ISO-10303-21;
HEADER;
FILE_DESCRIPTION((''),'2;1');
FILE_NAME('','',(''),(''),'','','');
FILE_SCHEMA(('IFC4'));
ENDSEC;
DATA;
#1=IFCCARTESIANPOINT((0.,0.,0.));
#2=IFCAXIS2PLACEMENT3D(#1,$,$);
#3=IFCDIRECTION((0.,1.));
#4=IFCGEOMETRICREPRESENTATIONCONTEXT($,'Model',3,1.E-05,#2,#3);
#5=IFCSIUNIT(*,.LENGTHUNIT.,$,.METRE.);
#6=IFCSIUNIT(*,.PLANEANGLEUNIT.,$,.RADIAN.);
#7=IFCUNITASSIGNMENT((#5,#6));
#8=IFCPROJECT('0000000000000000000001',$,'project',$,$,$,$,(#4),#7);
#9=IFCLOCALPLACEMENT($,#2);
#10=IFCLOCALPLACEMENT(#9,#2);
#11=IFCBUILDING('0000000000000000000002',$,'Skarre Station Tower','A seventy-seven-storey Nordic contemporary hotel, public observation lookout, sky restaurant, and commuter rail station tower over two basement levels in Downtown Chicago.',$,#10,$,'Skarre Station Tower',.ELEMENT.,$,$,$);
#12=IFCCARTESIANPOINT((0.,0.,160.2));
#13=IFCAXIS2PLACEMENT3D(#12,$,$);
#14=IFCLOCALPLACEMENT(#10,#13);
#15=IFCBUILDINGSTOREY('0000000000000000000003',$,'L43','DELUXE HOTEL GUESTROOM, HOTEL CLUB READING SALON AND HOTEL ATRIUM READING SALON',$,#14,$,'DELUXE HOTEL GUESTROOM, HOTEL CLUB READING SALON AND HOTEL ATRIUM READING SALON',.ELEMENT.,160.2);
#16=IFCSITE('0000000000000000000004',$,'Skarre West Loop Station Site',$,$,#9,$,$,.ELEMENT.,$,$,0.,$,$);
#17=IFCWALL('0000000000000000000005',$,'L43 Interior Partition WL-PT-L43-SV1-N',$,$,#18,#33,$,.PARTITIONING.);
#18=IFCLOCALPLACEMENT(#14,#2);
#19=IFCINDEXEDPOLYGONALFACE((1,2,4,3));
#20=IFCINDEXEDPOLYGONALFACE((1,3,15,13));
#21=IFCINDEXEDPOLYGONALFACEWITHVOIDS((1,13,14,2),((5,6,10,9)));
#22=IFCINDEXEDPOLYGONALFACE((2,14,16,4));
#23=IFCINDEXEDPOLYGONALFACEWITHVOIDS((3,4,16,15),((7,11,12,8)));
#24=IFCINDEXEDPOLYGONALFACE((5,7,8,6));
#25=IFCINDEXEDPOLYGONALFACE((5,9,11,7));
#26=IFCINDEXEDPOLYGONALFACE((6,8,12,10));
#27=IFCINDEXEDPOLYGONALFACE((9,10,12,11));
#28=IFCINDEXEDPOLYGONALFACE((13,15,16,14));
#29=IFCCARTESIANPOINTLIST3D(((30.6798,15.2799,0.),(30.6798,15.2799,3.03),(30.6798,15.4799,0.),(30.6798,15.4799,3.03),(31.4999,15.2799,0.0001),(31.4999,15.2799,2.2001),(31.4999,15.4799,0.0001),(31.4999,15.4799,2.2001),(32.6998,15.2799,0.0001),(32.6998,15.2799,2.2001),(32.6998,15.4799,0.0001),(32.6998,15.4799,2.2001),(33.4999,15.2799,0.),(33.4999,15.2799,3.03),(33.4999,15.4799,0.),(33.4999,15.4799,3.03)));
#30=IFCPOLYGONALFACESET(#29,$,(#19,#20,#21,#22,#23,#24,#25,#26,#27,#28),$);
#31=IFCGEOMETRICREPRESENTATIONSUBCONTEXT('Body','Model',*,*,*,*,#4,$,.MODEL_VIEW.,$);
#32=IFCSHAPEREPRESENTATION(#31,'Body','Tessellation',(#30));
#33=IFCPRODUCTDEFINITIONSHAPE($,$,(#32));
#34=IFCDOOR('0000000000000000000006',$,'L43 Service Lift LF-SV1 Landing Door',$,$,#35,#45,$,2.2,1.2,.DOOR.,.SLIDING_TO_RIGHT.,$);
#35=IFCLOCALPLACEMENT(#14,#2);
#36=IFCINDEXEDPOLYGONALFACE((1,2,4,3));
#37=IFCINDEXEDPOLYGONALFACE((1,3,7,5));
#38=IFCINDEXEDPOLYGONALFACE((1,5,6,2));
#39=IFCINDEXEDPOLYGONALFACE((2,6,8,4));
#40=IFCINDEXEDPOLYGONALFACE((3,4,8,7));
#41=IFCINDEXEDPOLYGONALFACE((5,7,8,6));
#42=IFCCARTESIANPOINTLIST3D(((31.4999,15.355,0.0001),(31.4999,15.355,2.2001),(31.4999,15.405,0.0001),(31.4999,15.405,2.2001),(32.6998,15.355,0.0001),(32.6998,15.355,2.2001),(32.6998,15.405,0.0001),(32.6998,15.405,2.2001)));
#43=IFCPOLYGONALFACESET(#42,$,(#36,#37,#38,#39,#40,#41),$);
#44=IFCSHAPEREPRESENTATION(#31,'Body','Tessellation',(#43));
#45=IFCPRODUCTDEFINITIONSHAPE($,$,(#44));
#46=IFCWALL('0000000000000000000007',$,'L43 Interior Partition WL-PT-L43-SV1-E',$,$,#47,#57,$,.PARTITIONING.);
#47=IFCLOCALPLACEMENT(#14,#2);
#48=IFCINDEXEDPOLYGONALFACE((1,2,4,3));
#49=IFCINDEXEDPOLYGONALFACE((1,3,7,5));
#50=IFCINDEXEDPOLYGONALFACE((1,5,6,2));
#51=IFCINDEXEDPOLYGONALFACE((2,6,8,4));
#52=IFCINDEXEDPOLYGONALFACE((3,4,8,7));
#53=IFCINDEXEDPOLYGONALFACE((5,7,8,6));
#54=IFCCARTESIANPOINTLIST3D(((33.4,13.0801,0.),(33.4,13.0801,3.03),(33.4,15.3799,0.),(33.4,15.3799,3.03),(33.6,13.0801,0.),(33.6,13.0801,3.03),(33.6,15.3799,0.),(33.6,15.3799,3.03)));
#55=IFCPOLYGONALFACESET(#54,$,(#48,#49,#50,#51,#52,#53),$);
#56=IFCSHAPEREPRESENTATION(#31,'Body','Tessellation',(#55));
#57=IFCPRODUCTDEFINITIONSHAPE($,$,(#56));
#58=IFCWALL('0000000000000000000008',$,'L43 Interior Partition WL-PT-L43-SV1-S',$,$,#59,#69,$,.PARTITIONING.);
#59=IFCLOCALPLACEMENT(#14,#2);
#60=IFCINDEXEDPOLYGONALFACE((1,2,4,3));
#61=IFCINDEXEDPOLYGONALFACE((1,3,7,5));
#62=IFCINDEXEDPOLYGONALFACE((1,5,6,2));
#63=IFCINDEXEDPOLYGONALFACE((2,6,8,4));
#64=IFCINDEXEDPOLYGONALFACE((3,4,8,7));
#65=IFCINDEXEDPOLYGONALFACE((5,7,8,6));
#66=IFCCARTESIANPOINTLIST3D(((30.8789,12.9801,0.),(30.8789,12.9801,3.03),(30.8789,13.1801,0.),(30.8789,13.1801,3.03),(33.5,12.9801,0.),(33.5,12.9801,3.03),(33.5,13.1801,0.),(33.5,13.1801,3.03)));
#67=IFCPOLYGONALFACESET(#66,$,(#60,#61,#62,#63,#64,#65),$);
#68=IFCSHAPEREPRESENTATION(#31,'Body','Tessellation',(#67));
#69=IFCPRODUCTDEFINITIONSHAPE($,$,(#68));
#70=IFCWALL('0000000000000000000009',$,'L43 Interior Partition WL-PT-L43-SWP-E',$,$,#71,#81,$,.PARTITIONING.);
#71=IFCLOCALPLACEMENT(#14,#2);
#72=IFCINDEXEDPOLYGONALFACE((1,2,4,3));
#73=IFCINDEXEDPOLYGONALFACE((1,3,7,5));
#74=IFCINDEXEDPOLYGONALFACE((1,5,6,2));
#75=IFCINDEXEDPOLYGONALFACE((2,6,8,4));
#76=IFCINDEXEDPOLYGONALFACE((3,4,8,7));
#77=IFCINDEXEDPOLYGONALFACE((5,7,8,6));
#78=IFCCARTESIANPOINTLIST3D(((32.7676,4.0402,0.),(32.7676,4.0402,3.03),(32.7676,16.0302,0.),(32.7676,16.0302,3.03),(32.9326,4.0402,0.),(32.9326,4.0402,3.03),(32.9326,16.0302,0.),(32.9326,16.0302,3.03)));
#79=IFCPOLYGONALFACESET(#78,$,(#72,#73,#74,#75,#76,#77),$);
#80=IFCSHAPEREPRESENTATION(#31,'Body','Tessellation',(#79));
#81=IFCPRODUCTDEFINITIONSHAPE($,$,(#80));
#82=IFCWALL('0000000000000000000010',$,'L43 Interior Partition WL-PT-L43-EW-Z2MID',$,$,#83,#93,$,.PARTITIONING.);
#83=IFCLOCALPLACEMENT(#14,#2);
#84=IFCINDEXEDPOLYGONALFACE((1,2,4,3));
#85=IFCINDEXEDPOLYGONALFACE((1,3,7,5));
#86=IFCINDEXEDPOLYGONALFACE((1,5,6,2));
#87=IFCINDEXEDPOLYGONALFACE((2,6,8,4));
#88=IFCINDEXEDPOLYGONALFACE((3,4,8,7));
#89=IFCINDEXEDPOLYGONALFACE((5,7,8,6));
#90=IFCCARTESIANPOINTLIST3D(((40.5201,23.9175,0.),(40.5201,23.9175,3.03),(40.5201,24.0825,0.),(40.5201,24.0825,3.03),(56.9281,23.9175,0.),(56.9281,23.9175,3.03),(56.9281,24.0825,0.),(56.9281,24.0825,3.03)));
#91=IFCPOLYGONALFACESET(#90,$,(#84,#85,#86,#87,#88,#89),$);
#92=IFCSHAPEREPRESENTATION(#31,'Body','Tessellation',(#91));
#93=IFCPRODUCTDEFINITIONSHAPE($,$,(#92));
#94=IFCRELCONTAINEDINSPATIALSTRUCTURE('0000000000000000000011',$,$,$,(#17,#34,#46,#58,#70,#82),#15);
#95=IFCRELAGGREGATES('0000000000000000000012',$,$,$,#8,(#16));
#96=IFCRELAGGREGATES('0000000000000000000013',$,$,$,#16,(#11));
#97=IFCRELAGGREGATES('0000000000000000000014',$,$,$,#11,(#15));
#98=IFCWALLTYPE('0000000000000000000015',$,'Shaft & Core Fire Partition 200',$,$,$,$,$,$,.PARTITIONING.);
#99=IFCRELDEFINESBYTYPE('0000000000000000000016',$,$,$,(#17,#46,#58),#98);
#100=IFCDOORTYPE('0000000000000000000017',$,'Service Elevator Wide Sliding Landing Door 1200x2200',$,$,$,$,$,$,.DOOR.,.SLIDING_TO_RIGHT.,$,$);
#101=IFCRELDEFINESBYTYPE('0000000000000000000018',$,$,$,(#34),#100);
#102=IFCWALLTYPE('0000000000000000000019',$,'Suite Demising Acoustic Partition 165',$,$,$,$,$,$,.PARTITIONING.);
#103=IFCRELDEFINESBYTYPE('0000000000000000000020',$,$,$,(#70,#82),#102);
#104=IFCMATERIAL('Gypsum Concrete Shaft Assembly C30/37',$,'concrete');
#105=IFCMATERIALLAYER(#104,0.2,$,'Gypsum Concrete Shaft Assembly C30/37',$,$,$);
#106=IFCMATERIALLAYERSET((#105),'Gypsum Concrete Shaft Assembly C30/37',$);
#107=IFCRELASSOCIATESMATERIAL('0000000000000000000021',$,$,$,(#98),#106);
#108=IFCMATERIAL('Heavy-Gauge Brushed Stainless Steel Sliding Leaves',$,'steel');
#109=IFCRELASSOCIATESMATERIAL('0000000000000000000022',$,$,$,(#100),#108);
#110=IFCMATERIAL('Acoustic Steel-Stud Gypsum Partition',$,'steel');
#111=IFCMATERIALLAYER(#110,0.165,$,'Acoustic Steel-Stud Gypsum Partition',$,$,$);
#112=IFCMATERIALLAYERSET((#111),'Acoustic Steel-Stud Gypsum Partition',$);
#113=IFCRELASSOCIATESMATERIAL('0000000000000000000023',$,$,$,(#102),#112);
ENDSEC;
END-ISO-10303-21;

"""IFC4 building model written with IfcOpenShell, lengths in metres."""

from ifc_helpers import new_model, si_unit, direction, frame, frame_2d, origin, place, context, subcontext, project, spatial, rectangle, extrude, material, layer, layer_set, type_object, element, fill, save


model = new_model("IFC4")

# Units and contexts
model_context = context("Model", 3, precision=1e-05, world=origin(), true_north=direction((0.0, 1.0)))
body_context = subcontext(model_context, "Body", "Model", "MODEL_VIEW")
ifc_project = project(units=[si_unit("LENGTHUNIT", "METRE"), si_unit("PLANEANGLEUNIT", "RADIAN")], contexts=[model_context])

# Site, building, storey
site_placement = place(None, origin())
site = spatial("IfcSite", under=ifc_project, at=site_placement, Name="Skarre West Loop Station Site", CompositionType="ELEMENT", RefElevation=0.0)
building_placement = place(site_placement, origin())
building = spatial("IfcBuilding", under=site, at=building_placement, Name="Skarre Station Tower", Description="A seventy-seven-storey Nordic contemporary hotel, public observation lookout, sky restaurant, and commuter rail station tower over two basement levels in Downtown Chicago.", LongName="Skarre Station Tower", CompositionType="ELEMENT")
storey_placement = place(building_placement, frame((0.0, 0.0, 160.2)))
storey = spatial("IfcBuildingStorey", under=building, at=storey_placement, Name="L43", Description="DELUXE HOTEL GUESTROOM, HOTEL CLUB READING SALON AND HOTEL ATRIUM READING SALON", LongName="DELUXE HOTEL GUESTROOM, HOTEL CLUB READING SALON AND HOTEL ATRIUM READING SALON", CompositionType="ELEMENT", Elevation=160.2)

# Shared definitions
ifc_material_1 = material(Name="Acoustic Steel-Stud Gypsum Partition", Category="steel")

# Wall, opening, door
ifc_material_2 = material(Name="Gypsum Concrete Shaft Assembly C30/37", Category="concrete")
ifc_layer_1 = layer(ifc_material_2, 0.2, Name="Gypsum Concrete Shaft Assembly C30/37")
ifc_layer_set_1 = layer_set([ifc_layer_1], Name="Gypsum Concrete Shaft Assembly C30/37")
wall_type_1 = type_object("IfcWallType", Name="Shaft & Core Fire Partition 200", PredefinedType="PARTITIONING", material=ifc_layer_set_1)
wall_1_placement = place(storey_placement, frame((33.5, 15.3799, 0.0), z_axis=(0.0, 0.0, 1.0), x_axis=(-1.0, 0.0, 0.0)))
wall_1 = element("IfcWall", 1, at=wall_1_placement, inside=storey, type_object=wall_type_1, Name="L43 Interior Partition WL-PT-L43-SV1-N", PredefinedType="PARTITIONING", context=body_context, shape_type="SweptSolid", body=[
    extrude(rectangle(XDim=2.8201, YDim=0.2, at=frame_2d((1.4102, 0.0))), origin(), (0.0, 0.0, 1.0), 3.03),
])
opening_1_placement = place(wall_1_placement, frame((0.8, 0.0, 0.0)))
opening_1 = element("IfcOpeningElement", 2, at=opening_1_placement, cuts=wall_1, PredefinedType="OPENING", context=body_context, shape_type="SweptSolid", body=[
    extrude(rectangle(XDim=1.2, YDim=2.2, at=frame_2d((0.6001, 1.1001))), frame((0.0, 0.1099, 0.0), z_axis=(0.0, -1.0, 0.0), x_axis=(1.0, 0.0, 0.0)), (0.0, 0.0, 1.0), 0.22),
])
ifc_material_3 = material(Name="Heavy-Gauge Brushed Stainless Steel Sliding Leaves", Category="steel")
door_type_1 = type_object("IfcDoorType", Name="Service Elevator Wide Sliding Landing Door 1200x2200", OperationType="SLIDING_TO_RIGHT", PredefinedType="DOOR", material=ifc_material_3)
door_1_placement = place(opening_1_placement, origin())
door_1 = element("IfcDoor", 3, at=door_1_placement, inside=storey, type_object=door_type_1, Name="L43 Service Lift LF-SV1 Landing Door", OperationType="SLIDING_TO_RIGHT", OverallHeight=2.2, OverallWidth=1.2, PredefinedType="DOOR", context=body_context, shape_type="SweptSolid", body=[
    extrude(rectangle(XDim=1.2, YDim=2.2, at=frame_2d((0.6001, 1.1001))), frame((0.0, 0.0249, 0.0), z_axis=(0.0, -1.0, 0.0), x_axis=(1.0, 0.0, 0.0)), (0.0, 0.0, 1.0), 0.05),
])
fill(opening_1, door_1)

# Walls
wall_2_placement = place(storey_placement, frame((33.5, 13.0801, 0.0), z_axis=(0.0, 0.0, 1.0), x_axis=(0.0, 1.0, 0.0)))
element("IfcWall", 4, at=wall_2_placement, inside=storey, type_object=wall_type_1, Name="L43 Interior Partition WL-PT-L43-SV1-E", PredefinedType="PARTITIONING", context=body_context, shape_type="SweptSolid", body=[
    extrude(rectangle(XDim=2.2998, YDim=0.2, at=frame_2d((1.1499, 0.0))), origin(), (0.0, 0.0, 1.0), 3.03),
])
wall_3_placement = place(storey_placement, frame((30.8789, 13.0801, 0.0), z_axis=(0.0, 0.0, 1.0), x_axis=(1.0, 0.0, 0.0)))
element("IfcWall", 5, at=wall_3_placement, inside=storey, type_object=wall_type_1, Name="L43 Interior Partition WL-PT-L43-SV1-S", PredefinedType="PARTITIONING", context=body_context, shape_type="SweptSolid", body=[
    extrude(rectangle(XDim=2.6211, YDim=0.2, at=frame_2d((1.3105, 0.0))), origin(), (0.0, 0.0, 1.0), 3.03),
])
ifc_layer_2 = layer(ifc_material_1, 0.165, Name="Acoustic Steel-Stud Gypsum Partition")
ifc_layer_set_2 = layer_set([ifc_layer_2], Name="Acoustic Steel-Stud Gypsum Partition")
wall_type_2 = type_object("IfcWallType", Name="Suite Demising Acoustic Partition 165", PredefinedType="PARTITIONING", material=ifc_layer_set_2)
wall_4_placement = place(storey_placement, frame((32.8501, 4.04, 0.0), z_axis=(0.0, 0.0, 1.0), x_axis=(0.0, 1.0, 0.0)))
element("IfcWall", 6, at=wall_4_placement, inside=storey, type_object=wall_type_2, Name="L43 Interior Partition WL-PT-L43-SWP-E", PredefinedType="PARTITIONING", context=body_context, shape_type="SweptSolid", body=[
    extrude(rectangle(XDim=11.99, YDim=0.165, at=frame_2d((5.9951, 0.0))), origin(), (0.0, 0.0, 1.0), 3.03),
])
wall_5_placement = place(storey_placement, frame((40.52, 24.0, 0.0), z_axis=(0.0, 0.0, 1.0), x_axis=(1.0, 0.0, 0.0)))
element("IfcWall", 7, at=wall_5_placement, inside=storey, type_object=wall_type_2, Name="L43 Interior Partition WL-PT-L43-EW-Z2MID", PredefinedType="PARTITIONING", context=body_context, shape_type="SweptSolid", body=[
    extrude(rectangle(XDim=16.408, YDim=0.165, at=frame_2d((8.2041, 0.0))), origin(), (0.0, 0.0, 1.0), 3.03),
])

save(model, "model.ifc")
